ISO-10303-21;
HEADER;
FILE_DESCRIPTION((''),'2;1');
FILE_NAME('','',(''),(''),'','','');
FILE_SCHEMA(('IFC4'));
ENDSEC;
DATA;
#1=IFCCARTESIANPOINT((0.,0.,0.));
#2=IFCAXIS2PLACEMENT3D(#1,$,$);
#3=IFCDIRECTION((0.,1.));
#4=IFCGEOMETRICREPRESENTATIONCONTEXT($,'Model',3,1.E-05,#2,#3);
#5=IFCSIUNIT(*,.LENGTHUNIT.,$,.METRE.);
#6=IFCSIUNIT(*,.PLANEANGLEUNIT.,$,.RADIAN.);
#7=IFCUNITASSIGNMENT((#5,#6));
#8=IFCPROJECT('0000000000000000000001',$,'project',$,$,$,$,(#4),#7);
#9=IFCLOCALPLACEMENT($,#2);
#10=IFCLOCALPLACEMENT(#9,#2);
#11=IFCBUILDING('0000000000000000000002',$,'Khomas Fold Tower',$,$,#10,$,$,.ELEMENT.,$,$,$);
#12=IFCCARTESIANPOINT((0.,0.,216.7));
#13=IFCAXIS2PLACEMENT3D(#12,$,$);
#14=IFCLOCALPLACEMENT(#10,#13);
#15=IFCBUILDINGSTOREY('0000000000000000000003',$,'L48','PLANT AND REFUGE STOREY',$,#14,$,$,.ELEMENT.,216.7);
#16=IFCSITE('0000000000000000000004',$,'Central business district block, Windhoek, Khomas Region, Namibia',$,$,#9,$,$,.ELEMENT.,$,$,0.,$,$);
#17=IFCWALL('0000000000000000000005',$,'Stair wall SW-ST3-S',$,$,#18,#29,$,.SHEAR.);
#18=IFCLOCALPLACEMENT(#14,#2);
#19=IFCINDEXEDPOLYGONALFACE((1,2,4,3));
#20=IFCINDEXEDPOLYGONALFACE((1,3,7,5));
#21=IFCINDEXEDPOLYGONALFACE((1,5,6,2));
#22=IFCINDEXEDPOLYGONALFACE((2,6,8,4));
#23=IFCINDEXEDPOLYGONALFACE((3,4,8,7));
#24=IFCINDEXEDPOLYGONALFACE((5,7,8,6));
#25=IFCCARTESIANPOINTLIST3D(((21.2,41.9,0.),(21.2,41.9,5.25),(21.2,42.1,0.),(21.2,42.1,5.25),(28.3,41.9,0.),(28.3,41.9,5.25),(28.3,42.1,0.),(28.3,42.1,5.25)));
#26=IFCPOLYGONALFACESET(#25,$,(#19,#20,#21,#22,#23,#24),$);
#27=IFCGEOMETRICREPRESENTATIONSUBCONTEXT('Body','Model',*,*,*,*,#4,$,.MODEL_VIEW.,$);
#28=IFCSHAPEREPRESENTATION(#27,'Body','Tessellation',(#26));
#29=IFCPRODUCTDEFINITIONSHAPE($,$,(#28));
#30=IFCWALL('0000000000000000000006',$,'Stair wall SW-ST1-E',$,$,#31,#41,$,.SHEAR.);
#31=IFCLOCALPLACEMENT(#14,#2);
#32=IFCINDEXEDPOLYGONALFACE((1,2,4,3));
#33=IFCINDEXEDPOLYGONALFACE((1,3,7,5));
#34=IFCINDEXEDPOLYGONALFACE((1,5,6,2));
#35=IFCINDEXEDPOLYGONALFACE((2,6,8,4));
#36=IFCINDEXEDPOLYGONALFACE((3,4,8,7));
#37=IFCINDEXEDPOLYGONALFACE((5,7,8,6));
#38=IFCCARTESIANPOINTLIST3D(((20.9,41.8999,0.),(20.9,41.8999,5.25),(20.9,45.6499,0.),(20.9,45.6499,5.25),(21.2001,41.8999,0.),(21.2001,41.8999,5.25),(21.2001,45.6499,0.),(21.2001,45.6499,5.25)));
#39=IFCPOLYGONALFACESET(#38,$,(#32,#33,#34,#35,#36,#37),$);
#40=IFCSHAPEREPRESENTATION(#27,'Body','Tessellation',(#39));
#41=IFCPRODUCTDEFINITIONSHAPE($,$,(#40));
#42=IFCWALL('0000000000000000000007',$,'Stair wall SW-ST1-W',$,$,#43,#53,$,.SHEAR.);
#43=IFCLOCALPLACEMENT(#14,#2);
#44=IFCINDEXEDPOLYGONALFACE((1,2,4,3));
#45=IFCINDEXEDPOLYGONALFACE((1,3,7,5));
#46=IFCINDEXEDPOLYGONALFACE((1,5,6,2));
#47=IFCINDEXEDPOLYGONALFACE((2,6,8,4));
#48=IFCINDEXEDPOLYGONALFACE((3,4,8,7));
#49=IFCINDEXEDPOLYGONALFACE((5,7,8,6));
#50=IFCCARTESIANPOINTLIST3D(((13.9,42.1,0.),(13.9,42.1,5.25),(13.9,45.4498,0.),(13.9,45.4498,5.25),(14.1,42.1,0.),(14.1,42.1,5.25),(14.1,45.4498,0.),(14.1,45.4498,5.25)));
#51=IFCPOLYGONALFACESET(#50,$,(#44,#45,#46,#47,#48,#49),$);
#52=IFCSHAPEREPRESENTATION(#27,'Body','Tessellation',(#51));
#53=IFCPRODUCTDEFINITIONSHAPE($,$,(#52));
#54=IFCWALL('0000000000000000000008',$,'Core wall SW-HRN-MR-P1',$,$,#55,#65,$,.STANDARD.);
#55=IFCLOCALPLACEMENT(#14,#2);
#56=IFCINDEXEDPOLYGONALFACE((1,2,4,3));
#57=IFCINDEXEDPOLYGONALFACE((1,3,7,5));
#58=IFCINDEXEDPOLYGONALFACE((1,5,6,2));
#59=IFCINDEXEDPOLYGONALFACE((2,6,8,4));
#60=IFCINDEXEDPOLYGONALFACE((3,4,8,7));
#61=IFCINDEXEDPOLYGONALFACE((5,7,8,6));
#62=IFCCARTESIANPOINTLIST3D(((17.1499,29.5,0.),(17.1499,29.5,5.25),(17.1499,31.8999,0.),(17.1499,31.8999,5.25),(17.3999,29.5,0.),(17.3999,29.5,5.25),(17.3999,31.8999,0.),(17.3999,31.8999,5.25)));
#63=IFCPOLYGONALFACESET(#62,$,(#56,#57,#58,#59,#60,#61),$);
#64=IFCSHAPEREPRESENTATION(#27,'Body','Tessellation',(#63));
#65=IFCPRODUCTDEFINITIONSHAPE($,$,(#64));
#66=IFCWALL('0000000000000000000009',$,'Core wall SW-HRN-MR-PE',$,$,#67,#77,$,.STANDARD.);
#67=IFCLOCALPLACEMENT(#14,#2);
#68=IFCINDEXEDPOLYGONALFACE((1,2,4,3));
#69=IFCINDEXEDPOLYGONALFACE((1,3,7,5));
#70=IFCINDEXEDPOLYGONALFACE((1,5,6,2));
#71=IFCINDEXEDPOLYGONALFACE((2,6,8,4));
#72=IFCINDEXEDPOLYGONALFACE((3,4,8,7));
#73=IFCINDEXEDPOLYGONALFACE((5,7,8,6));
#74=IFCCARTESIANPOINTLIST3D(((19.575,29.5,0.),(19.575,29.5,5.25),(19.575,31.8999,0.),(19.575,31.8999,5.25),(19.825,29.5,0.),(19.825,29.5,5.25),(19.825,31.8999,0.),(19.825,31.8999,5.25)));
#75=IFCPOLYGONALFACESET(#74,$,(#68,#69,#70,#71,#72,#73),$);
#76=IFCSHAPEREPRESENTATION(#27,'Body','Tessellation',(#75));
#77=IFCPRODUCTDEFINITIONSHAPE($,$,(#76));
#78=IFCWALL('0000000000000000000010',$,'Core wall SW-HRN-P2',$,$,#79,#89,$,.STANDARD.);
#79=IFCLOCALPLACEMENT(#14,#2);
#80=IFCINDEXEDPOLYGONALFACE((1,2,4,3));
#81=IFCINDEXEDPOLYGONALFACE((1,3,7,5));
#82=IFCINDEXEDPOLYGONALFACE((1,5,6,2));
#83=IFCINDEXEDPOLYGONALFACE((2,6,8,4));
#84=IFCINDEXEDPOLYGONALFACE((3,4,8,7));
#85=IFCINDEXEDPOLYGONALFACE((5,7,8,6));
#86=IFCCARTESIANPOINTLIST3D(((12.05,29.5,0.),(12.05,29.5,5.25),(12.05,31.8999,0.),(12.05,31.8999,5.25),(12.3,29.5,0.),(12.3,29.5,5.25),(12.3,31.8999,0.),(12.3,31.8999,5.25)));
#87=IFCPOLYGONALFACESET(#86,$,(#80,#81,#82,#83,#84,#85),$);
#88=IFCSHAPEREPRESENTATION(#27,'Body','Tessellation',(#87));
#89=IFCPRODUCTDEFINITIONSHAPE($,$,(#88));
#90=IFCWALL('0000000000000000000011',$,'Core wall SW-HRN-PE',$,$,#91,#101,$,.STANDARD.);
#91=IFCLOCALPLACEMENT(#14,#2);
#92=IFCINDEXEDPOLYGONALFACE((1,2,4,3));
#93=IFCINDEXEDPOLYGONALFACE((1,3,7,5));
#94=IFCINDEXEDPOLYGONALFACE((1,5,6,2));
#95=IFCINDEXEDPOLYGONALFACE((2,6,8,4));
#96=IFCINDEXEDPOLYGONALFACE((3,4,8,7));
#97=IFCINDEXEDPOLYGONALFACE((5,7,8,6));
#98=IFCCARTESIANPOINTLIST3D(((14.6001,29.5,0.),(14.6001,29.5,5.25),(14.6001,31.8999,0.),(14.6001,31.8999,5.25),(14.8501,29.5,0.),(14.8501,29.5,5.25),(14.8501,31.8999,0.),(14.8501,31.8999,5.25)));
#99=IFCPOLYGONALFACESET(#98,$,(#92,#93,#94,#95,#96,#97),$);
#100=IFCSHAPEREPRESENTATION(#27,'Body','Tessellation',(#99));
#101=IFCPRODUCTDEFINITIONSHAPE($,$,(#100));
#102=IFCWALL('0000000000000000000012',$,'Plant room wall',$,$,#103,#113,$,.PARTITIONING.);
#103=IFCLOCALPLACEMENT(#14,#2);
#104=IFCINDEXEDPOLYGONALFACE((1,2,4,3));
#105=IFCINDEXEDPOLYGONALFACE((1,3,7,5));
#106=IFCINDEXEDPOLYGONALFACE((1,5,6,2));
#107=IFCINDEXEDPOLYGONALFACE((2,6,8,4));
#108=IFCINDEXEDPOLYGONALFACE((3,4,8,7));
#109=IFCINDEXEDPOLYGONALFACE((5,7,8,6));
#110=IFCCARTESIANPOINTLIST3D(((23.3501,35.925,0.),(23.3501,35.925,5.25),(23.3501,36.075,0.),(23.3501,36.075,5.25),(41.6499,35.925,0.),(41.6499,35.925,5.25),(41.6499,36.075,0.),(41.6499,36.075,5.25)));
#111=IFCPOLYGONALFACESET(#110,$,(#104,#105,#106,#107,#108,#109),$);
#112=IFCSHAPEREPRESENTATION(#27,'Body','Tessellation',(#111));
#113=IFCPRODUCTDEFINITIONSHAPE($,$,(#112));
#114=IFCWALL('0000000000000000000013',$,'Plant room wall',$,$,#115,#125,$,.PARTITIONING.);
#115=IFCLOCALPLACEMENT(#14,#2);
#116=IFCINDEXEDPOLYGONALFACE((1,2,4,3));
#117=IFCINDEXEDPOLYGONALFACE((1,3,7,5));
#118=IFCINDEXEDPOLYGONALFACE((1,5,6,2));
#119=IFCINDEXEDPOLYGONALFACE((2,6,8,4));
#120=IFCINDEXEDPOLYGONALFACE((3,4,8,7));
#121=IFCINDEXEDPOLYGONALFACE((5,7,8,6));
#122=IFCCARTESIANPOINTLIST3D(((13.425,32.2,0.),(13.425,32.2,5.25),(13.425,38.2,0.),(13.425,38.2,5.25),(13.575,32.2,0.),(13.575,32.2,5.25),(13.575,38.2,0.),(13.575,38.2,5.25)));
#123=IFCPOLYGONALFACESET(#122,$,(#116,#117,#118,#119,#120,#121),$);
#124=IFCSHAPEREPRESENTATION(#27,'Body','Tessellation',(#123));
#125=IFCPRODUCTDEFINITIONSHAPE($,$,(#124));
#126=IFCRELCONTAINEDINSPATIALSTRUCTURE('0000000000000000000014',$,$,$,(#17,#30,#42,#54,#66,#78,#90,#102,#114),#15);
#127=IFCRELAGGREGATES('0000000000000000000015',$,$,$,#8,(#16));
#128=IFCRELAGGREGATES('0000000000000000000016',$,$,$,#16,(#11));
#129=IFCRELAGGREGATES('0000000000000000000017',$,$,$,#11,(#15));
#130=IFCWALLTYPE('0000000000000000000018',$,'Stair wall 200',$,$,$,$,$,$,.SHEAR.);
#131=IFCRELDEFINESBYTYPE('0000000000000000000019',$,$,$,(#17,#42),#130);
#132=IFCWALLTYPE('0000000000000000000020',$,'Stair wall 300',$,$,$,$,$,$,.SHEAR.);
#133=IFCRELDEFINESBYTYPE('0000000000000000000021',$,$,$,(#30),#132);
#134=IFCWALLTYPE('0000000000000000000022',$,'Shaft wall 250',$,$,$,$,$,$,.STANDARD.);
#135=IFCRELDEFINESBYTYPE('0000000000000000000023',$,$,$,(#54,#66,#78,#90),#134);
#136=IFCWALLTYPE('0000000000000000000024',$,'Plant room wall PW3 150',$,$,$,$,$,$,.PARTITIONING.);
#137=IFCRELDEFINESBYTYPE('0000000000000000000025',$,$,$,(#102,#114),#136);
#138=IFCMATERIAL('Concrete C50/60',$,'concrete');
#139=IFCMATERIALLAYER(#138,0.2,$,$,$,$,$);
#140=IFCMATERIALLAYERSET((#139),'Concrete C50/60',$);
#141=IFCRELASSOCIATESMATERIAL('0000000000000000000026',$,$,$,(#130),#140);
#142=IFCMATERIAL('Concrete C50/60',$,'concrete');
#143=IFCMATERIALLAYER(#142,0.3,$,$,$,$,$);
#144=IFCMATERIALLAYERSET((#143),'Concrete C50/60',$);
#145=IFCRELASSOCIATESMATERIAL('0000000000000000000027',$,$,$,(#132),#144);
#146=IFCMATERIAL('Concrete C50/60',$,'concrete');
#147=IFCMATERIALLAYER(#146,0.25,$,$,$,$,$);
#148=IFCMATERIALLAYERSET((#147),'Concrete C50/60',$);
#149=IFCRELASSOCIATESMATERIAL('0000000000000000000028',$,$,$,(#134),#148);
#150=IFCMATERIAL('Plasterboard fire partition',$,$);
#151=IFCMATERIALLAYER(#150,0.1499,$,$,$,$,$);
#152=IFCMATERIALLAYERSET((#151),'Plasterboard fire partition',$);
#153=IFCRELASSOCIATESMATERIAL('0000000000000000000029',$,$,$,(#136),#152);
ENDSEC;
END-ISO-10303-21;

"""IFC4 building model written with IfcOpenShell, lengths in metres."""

from ifc_helpers import new_model, si_unit, direction, frame, frame_2d, origin, place, context, subcontext, project, spatial, rectangle, extrude, source, transform, mapped, material, layer, layer_set, type_object, element, save


model = new_model("IFC4")

# Units and contexts
model_context = context("Model", 3, precision=1e-05, world=origin(), true_north=direction((0.0, 1.0)))
body_context = subcontext(model_context, "Body", "Model", "MODEL_VIEW")
ifc_project = project(units=[si_unit("LENGTHUNIT", "METRE"), si_unit("PLANEANGLEUNIT", "RADIAN")], contexts=[model_context])

# Site, building, storey
site_placement = place(None, origin())
site = spatial("IfcSite", under=ifc_project, at=site_placement, Name="Central business district block, Windhoek, Khomas Region, Namibia", CompositionType="ELEMENT", RefElevation=0.0)
building_placement = place(site_placement, origin())
building = spatial("IfcBuilding", under=site, at=building_placement, Name="Khomas Fold Tower", CompositionType="ELEMENT")
storey_placement = place(building_placement, frame((0.0, 0.0, 216.7)))
storey = spatial("IfcBuildingStorey", under=building, at=storey_placement, Name="L48", Description="PLANT AND REFUGE STOREY", CompositionType="ELEMENT", Elevation=216.7)

# Walls
ifc_material_1 = material(Name="Concrete C50/60", Category="concrete")
ifc_layer_1 = layer(ifc_material_1, 0.2)
ifc_layer_set_1 = layer_set([ifc_layer_1], Name="Concrete C50/60")
wall_type_1 = type_object("IfcWallType", Name="Stair wall 200", PredefinedType="SHEAR", material=ifc_layer_set_1)
shared_shape_1 = source(origin(), body_context, "Body", "SweptSolid", [
    extrude(rectangle(XDim=7.1001, YDim=0.2, at=frame_2d((3.55, 0.0))), origin(), (0.0, 0.0, 1.0), 5.25),
])
wall_1_placement = place(storey_placement, frame((21.2, 42.0, 0.0), z_axis=(0.0, 0.0, 1.0), x_axis=(1.0, 0.0, 0.0)))
element("IfcWall", 1, at=wall_1_placement, inside=storey, type_object=wall_type_1, Name="Stair wall SW-ST3-S", PredefinedType="SHEAR", context=body_context, shape_type="MappedRepresentation", body=[
    mapped(shared_shape_1, transform((0.0, 0.0, 0.0))),
])
ifc_material_2 = material(Name="Concrete C50/60", Category="concrete")
ifc_layer_2 = layer(ifc_material_2, 0.3)
ifc_layer_set_2 = layer_set([ifc_layer_2], Name="Concrete C50/60")
wall_type_2 = type_object("IfcWallType", Name="Stair wall 300", PredefinedType="SHEAR", material=ifc_layer_set_2)
shared_shape_2 = source(origin(), body_context, "Body", "SweptSolid", [
    extrude(rectangle(XDim=3.75, YDim=0.3, at=frame_2d((1.875, 0.0))), origin(), (0.0, 0.0, 1.0), 5.25),
])
wall_2_placement = place(storey_placement, frame((21.05, 41.8999, 0.0), z_axis=(0.0, 0.0, 1.0), x_axis=(0.0, 1.0, 0.0)))
element("IfcWall", 2, at=wall_2_placement, inside=storey, type_object=wall_type_2, Name="Stair wall SW-ST1-E", PredefinedType="SHEAR", context=body_context, shape_type="MappedRepresentation", body=[
    mapped(shared_shape_2, transform((0.0, 0.0, 0.0))),
])
shared_shape_3 = source(origin(), body_context, "Body", "SweptSolid", [
    extrude(rectangle(XDim=3.3499, YDim=0.2, at=frame_2d((1.6748, 0.0))), origin(), (0.0, 0.0, 1.0), 5.25),
])
wall_3_placement = place(storey_placement, frame((14.0, 42.1001, 0.0), z_axis=(0.0, 0.0, 1.0), x_axis=(0.0, 1.0, 0.0)))
element("IfcWall", 3, at=wall_3_placement, inside=storey, type_object=wall_type_1, Name="Stair wall SW-ST1-W", PredefinedType="SHEAR", context=body_context, shape_type="MappedRepresentation", body=[
    mapped(shared_shape_3, transform((0.0, 0.0, 0.0))),
])
ifc_material_3 = material(Name="Concrete C50/60", Category="concrete")
ifc_layer_3 = layer(ifc_material_3, 0.25)
ifc_layer_set_3 = layer_set([ifc_layer_3], Name="Concrete C50/60")
wall_type_3 = type_object("IfcWallType", Name="Shaft wall 250", PredefinedType="STANDARD", material=ifc_layer_set_3)
shared_shape_4 = source(origin(), body_context, "Body", "SweptSolid", [
    extrude(rectangle(XDim=2.3999, YDim=0.25, at=frame_2d((1.2, 0.0))), origin(), (0.0, 0.0, 1.0), 5.25),
])
for number, where, z_axis, x_axis, name in (
    (4, (17.2749, 29.5, 0.0), (0.0, 0.0, 1.0), (0.0, 1.0, 0.0), "Core wall SW-HRN-MR-P1"),
    (5, (19.7, 29.5, 0.0), (0.0, 0.0, 1.0), (0.0, 1.0, 0.0), "Core wall SW-HRN-MR-PE"),
    (6, (12.175, 29.5, 0.0), (0.0, 0.0, 1.0), (0.0, 1.0, 0.0), "Core wall SW-HRN-P2"),
    (7, (14.7251, 29.5, 0.0), (0.0, 0.0, 1.0), (0.0, 1.0, 0.0), "Core wall SW-HRN-PE"),
):
    element("IfcWall", number, at=place(storey_placement, frame(where, z_axis=z_axis, x_axis=x_axis)), inside=storey, type_object=wall_type_3, Name=name, PredefinedType="STANDARD", context=body_context, shape_type="MappedRepresentation", body=[
        mapped(shared_shape_4, transform((0.0, 0.0, 0.0))),
    ])
ifc_material_4 = material(Name="Plasterboard fire partition")
ifc_layer_4 = layer(ifc_material_4, 0.1499)
ifc_layer_set_4 = layer_set([ifc_layer_4], Name="Plasterboard fire partition")
wall_type_4 = type_object("IfcWallType", Name="Plant room wall PW3 150", PredefinedType="PARTITIONING", material=ifc_layer_set_4)
shared_shape_5 = source(origin(), body_context, "Body", "SweptSolid", [
    extrude(rectangle(XDim=18.2998, YDim=0.1499, at=frame_2d((9.1499, 0.0))), origin(), (0.0, 0.0, 1.0), 5.25),
])
wall_4_placement = place(storey_placement, frame((23.3501, 36.0, 0.0), z_axis=(0.0, 0.0, 1.0), x_axis=(1.0, 0.0, 0.0)))
element("IfcWall", 8, at=wall_4_placement, inside=storey, type_object=wall_type_4, Name="Plant room wall", PredefinedType="PARTITIONING", context=body_context, shape_type="MappedRepresentation", body=[
    mapped(shared_shape_5, transform((0.0, 0.0, 0.0))),
])
shared_shape_6 = source(origin(), body_context, "Body", "SweptSolid", [
    extrude(rectangle(XDim=6.0, YDim=0.1499, at=frame_2d((3.0, 0.0))), origin(), (0.0, 0.0, 1.0), 5.25),
])
wall_5_placement = place(storey_placement, frame((13.5, 32.2, 0.0), z_axis=(0.0, 0.0, 1.0), x_axis=(0.0, 1.0, 0.0)))
element("IfcWall", 9, at=wall_5_placement, inside=storey, type_object=wall_type_4, Name="Plant room wall", PredefinedType="PARTITIONING", context=body_context, shape_type="MappedRepresentation", body=[
    mapped(shared_shape_6, transform((0.0, 0.0, 0.0))),
])

save(model, "model.ifc")
